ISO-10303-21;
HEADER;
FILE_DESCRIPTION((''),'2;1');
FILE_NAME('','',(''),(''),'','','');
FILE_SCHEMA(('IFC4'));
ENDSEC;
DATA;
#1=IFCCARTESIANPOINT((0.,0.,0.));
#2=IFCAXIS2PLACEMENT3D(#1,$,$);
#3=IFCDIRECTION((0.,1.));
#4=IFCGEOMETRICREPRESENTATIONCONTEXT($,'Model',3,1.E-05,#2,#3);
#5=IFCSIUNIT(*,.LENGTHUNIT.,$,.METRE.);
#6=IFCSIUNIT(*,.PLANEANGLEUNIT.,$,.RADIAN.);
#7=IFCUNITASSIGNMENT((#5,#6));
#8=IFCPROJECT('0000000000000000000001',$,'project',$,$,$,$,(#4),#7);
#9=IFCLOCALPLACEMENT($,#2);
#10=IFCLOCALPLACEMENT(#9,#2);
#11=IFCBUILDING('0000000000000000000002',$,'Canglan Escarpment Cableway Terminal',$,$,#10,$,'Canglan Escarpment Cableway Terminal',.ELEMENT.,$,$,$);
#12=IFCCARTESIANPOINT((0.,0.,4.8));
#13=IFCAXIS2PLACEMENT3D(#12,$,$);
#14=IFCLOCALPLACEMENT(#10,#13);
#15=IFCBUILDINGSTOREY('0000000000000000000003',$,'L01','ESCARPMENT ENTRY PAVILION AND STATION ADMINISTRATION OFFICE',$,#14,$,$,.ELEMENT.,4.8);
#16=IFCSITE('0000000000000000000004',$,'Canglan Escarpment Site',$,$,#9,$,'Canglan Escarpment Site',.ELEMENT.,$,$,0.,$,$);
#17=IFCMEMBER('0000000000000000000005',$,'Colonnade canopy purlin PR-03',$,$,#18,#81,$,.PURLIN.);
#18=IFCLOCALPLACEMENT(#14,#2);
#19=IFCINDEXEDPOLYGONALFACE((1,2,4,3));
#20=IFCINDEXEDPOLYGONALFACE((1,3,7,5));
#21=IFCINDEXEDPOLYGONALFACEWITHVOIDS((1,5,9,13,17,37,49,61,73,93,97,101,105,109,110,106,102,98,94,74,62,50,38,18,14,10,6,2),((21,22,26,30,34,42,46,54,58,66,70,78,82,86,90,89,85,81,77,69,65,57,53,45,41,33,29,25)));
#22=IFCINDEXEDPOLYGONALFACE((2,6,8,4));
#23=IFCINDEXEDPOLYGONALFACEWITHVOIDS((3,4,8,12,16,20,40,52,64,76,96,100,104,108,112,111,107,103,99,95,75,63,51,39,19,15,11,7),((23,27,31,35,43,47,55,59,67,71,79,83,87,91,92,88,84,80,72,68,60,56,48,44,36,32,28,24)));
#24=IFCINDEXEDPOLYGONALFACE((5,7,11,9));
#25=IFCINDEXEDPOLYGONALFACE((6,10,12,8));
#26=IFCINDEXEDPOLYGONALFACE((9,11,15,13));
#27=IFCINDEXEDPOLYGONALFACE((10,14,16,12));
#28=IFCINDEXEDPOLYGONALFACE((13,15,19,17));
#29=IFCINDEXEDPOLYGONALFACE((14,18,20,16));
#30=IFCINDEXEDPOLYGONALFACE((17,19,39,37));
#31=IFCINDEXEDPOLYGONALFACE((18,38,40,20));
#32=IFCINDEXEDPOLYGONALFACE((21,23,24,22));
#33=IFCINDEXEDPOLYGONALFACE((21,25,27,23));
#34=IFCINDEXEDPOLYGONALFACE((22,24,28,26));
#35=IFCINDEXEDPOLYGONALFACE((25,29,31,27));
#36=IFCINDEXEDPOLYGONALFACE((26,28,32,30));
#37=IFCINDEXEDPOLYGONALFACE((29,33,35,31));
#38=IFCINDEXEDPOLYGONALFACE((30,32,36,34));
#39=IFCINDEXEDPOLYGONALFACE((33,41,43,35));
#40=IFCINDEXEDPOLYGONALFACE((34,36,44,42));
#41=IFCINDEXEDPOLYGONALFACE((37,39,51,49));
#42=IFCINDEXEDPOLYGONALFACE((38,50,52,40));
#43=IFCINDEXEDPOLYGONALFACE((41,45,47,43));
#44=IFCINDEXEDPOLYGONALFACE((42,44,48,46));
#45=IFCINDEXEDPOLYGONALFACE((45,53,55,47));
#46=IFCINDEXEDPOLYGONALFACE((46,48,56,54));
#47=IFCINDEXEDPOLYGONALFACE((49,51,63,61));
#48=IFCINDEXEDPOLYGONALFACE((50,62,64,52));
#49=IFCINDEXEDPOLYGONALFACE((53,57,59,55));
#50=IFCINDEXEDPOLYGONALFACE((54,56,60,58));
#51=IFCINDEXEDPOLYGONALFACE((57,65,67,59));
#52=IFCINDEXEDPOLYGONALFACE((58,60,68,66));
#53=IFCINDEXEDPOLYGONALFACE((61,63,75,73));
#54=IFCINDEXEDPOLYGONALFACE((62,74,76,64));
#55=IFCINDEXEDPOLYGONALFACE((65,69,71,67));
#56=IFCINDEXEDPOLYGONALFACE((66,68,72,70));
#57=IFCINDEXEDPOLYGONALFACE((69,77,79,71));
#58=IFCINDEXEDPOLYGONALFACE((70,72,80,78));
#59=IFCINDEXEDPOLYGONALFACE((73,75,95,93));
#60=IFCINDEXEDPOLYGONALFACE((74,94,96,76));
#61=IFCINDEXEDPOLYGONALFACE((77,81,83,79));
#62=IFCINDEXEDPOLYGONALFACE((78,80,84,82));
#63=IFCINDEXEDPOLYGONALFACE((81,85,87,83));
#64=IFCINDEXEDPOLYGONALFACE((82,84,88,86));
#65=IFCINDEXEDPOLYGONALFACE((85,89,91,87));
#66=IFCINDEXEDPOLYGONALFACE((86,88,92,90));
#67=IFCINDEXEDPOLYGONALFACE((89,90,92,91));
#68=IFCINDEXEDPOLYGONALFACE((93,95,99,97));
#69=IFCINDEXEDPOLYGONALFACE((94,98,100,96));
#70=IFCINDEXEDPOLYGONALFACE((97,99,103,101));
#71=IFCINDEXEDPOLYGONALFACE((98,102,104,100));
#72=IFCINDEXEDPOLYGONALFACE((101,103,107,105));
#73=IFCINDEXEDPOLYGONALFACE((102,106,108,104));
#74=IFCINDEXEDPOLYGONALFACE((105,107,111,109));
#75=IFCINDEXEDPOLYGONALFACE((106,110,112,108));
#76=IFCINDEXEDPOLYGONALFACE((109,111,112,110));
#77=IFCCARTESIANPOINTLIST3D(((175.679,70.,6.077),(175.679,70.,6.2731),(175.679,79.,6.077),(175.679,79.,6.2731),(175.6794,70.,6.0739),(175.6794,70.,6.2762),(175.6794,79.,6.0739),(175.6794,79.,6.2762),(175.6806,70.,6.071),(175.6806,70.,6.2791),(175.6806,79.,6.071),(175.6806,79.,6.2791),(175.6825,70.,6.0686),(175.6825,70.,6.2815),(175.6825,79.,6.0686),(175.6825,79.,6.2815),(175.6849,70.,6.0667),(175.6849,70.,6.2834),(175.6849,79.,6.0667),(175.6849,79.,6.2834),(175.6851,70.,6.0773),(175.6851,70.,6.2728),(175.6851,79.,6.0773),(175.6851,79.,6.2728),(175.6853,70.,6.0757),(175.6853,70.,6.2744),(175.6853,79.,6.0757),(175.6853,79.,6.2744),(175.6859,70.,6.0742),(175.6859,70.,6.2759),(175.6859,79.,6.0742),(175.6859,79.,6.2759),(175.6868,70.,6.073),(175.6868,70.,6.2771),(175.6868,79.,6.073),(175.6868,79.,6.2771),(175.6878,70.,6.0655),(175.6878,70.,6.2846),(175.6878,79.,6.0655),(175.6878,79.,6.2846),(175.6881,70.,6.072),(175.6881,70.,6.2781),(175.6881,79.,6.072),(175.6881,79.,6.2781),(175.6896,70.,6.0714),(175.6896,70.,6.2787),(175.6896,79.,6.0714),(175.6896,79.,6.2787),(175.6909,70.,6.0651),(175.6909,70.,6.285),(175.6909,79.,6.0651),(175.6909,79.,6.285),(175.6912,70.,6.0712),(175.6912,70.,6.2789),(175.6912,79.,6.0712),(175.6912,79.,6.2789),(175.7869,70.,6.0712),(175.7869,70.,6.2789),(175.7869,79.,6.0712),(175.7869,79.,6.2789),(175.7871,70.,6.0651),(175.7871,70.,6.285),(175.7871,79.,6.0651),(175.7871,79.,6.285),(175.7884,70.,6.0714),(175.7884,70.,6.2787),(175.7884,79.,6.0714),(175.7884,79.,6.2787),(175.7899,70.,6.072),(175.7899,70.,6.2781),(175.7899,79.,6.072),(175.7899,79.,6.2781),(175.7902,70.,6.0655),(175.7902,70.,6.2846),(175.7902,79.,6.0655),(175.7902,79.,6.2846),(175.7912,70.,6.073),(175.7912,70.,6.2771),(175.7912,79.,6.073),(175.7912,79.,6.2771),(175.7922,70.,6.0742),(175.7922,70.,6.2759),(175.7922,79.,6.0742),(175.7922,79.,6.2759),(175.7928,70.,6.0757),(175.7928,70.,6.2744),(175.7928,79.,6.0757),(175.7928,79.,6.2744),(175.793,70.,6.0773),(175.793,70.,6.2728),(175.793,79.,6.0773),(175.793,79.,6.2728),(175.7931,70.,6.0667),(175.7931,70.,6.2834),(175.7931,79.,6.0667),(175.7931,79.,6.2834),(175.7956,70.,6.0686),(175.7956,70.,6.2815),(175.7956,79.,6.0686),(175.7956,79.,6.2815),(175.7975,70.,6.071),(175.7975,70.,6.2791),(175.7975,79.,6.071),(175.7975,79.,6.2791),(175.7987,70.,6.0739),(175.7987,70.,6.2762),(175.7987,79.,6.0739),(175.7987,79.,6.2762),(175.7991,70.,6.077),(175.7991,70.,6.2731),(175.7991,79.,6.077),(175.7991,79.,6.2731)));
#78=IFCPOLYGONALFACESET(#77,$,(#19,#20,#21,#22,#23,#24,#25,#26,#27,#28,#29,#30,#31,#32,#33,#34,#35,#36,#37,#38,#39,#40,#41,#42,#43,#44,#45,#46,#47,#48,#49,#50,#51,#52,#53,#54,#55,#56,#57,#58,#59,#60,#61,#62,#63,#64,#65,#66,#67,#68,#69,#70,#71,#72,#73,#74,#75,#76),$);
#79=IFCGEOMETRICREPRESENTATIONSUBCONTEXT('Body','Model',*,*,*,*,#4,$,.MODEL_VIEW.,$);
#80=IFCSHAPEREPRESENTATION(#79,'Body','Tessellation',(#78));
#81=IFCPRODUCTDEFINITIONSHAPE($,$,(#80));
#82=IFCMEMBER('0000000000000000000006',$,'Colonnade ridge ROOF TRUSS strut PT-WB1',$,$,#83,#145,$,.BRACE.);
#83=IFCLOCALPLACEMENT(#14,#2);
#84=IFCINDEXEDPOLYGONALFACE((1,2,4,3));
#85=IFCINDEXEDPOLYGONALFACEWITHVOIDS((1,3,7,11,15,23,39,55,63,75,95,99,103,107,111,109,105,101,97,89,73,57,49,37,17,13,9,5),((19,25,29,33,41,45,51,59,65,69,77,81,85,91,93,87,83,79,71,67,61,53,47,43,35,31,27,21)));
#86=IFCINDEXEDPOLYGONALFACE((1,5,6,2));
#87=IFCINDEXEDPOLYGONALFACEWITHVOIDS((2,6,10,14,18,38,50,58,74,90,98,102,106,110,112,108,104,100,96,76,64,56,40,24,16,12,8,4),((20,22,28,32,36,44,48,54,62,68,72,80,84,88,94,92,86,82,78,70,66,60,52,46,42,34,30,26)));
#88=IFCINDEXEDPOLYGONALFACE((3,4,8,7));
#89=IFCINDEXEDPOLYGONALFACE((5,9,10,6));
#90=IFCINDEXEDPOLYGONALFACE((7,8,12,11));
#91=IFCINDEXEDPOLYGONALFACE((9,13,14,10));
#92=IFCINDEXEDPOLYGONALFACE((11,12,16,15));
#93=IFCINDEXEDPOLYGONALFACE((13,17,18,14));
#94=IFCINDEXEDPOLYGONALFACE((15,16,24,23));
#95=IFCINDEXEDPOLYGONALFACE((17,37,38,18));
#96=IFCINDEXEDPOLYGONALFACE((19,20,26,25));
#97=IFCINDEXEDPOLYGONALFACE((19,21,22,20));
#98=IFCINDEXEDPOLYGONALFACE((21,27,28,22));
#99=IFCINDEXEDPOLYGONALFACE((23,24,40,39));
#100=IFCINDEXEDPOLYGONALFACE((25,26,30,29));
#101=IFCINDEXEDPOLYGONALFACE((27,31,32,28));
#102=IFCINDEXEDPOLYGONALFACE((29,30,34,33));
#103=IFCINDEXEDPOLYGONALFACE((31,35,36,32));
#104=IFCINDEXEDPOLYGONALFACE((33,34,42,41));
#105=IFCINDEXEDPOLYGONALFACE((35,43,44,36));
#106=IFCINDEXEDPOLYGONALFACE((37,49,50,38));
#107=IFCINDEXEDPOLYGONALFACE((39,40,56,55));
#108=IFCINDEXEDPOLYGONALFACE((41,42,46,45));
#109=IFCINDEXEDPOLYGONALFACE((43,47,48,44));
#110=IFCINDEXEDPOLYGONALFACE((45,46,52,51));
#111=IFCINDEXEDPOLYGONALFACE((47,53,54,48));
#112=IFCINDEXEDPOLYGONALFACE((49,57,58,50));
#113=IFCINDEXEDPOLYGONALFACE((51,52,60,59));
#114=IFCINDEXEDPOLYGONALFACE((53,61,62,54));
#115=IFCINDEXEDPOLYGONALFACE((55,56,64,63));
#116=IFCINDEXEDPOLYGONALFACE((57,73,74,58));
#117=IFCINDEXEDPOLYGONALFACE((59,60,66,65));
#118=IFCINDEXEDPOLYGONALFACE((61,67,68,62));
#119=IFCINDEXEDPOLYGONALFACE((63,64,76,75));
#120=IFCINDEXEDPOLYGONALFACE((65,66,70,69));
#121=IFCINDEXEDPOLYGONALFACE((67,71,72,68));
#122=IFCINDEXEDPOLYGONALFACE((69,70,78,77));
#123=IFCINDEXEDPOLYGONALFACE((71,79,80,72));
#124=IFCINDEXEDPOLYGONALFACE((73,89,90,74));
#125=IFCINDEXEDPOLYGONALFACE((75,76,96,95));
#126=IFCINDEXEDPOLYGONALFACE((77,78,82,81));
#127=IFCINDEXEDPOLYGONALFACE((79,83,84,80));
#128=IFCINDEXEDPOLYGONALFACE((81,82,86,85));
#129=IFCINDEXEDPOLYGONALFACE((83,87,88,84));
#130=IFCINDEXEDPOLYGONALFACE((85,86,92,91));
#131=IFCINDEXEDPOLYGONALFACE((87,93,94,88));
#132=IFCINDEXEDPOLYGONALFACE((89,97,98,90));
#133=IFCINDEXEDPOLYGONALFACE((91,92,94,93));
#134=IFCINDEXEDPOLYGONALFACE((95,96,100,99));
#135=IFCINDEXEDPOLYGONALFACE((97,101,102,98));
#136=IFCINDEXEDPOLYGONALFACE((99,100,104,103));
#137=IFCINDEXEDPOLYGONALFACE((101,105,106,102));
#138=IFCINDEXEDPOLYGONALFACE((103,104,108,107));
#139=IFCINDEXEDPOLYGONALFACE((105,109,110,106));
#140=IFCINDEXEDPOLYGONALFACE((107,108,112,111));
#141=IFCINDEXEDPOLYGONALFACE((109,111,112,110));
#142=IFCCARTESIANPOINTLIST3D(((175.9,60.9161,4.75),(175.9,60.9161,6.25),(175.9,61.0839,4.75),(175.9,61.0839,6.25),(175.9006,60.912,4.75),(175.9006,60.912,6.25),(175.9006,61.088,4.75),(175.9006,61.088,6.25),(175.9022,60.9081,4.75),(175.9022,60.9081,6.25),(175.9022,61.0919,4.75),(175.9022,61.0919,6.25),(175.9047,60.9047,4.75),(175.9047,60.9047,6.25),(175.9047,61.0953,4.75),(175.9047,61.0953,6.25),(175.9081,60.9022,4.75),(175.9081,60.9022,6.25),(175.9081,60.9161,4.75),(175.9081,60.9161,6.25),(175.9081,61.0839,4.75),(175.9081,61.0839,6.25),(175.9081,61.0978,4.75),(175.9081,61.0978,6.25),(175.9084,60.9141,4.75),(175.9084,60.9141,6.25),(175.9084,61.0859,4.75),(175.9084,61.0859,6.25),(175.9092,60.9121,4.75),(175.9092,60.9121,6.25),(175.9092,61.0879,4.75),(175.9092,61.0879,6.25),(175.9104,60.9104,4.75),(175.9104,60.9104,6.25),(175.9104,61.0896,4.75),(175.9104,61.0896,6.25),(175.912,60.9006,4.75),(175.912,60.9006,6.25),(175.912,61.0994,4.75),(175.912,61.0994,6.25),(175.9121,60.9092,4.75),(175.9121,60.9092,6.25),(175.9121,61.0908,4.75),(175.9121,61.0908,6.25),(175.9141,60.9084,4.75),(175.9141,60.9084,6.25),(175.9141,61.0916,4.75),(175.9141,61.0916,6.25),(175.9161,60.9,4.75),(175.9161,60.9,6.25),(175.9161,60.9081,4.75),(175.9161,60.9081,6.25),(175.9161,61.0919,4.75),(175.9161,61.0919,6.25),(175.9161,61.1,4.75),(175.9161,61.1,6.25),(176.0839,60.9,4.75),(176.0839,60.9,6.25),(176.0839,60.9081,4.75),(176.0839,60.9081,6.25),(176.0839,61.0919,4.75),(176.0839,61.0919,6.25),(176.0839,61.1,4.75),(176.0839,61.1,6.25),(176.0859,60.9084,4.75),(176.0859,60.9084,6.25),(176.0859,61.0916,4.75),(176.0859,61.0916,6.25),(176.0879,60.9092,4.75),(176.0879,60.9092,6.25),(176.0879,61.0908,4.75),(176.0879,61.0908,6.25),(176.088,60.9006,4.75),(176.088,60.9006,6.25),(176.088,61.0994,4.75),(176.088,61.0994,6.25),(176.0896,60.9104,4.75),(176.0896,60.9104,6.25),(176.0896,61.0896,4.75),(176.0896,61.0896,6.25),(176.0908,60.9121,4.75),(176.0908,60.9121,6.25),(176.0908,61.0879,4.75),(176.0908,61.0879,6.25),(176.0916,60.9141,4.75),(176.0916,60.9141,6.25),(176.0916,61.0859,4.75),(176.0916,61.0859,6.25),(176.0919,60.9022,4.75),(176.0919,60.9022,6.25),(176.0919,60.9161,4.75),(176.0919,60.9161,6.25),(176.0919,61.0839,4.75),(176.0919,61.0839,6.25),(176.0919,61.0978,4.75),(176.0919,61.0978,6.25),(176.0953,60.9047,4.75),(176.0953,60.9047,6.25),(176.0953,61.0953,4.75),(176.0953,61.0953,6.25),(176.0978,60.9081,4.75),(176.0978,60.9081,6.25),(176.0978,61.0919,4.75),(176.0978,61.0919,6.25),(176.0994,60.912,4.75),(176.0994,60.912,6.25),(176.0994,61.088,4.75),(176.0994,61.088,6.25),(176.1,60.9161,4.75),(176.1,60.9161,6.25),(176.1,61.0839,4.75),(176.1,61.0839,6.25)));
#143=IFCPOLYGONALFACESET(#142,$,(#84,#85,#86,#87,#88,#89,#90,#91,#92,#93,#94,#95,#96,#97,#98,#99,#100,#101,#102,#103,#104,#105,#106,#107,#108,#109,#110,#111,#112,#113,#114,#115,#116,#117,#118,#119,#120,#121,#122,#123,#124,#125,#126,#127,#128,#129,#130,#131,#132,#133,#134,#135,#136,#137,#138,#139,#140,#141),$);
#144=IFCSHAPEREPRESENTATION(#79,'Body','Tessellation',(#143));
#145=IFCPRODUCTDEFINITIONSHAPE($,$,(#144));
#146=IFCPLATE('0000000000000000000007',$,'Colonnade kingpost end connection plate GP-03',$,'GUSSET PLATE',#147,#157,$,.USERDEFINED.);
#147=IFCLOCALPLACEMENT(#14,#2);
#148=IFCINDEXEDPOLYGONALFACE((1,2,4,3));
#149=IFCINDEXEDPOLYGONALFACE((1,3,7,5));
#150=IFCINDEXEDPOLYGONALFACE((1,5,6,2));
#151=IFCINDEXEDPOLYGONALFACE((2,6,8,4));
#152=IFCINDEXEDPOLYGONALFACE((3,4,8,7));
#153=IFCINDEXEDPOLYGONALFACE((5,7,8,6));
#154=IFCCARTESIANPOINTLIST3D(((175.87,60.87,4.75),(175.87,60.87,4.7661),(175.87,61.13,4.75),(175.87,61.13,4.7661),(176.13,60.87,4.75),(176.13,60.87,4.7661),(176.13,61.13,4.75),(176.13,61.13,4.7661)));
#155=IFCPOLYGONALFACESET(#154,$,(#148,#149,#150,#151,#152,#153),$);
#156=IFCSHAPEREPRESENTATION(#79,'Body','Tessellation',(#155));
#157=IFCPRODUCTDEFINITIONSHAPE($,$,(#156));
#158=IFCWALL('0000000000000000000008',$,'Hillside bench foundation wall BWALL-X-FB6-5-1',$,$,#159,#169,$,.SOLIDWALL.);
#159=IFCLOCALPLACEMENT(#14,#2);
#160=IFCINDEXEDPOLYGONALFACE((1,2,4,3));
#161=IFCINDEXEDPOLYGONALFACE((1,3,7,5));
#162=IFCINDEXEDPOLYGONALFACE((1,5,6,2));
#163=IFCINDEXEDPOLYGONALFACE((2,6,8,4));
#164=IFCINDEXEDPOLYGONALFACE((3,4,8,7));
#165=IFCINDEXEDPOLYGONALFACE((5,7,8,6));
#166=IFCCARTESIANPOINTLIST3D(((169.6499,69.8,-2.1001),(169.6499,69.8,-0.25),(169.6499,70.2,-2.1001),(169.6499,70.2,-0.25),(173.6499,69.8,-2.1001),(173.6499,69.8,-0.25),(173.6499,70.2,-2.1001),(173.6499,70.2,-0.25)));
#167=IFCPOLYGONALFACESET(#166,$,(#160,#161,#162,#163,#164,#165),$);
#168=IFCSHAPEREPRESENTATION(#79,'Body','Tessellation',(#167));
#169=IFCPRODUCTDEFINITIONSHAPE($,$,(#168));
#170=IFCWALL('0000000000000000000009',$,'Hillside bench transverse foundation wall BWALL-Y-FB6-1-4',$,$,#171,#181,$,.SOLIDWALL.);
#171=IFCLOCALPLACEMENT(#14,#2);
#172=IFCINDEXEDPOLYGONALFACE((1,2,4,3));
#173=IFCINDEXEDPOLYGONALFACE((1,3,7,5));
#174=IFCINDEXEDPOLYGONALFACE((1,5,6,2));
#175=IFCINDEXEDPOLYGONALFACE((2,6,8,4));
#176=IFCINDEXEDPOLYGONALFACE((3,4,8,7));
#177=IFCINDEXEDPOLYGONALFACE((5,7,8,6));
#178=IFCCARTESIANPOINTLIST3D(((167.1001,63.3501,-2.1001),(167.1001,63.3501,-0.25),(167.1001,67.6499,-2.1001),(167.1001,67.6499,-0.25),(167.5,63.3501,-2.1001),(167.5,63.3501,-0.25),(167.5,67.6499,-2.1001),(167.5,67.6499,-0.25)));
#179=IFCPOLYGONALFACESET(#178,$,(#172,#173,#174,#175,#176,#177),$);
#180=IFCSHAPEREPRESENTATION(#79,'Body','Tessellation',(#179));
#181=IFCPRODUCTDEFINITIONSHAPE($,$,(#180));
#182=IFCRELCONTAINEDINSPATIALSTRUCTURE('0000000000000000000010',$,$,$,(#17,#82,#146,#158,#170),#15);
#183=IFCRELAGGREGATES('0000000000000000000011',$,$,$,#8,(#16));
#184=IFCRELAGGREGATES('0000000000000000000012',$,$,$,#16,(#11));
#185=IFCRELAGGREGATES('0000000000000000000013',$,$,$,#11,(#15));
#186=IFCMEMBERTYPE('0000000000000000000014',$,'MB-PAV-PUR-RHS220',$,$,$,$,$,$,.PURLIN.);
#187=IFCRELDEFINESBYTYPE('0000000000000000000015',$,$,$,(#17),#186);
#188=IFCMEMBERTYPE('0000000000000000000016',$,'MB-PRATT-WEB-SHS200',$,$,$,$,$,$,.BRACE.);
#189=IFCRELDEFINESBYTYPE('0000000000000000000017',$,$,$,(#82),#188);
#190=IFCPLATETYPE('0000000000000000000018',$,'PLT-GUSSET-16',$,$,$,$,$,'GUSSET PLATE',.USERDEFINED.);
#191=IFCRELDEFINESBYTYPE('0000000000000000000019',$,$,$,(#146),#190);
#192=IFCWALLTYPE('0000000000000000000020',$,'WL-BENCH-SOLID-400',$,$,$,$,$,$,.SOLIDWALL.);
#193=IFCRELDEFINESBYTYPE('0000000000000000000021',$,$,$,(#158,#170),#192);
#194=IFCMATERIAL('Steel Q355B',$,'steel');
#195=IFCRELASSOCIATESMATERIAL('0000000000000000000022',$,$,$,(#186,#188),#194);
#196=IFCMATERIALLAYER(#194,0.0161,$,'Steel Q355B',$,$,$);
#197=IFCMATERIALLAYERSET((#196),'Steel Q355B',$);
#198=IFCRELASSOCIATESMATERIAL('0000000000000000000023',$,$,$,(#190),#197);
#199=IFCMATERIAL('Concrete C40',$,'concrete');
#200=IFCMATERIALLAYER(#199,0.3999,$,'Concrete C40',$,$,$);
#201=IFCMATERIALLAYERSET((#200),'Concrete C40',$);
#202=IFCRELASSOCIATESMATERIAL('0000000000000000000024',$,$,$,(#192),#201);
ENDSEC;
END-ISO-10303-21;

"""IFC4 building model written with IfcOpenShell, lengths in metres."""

from ifc_helpers import new_model, si_unit, direction, frame, frame_2d, origin, origin_2d, place, context, subcontext, project, spatial, rectangle, hollow_rectangle, extrude, material, layer, layer_set, material_profile, profile_set, type_object, element, save


model = new_model("IFC4")

# Units and contexts
model_context = context("Model", 3, precision=1e-05, world=origin(), true_north=direction((0.0, 1.0)))
body_context = subcontext(model_context, "Body", "Model", "MODEL_VIEW")
ifc_project = project(units=[si_unit("LENGTHUNIT", "METRE"), si_unit("PLANEANGLEUNIT", "RADIAN")], contexts=[model_context])

# Site, building, storey
site_placement = place(None, origin())
site = spatial("IfcSite", under=ifc_project, at=site_placement, Name="Canglan Escarpment Site", LongName="Canglan Escarpment Site", CompositionType="ELEMENT", RefElevation=0.0)
building_placement = place(site_placement, origin())
building = spatial("IfcBuilding", under=site, at=building_placement, Name="Canglan Escarpment Cableway Terminal", LongName="Canglan Escarpment Cableway Terminal", CompositionType="ELEMENT")
storey_placement = place(building_placement, frame((0.0, 0.0, 4.8)))
storey = spatial("IfcBuildingStorey", under=building, at=storey_placement, Name="L01", Description="ESCARPMENT ENTRY PAVILION AND STATION ADMINISTRATION OFFICE", CompositionType="ELEMENT", Elevation=4.8)

# Shared definitions
ifc_material_1 = material(Name="Concrete C40", Category="concrete")

# Shared definitions
ifc_material_2 = material(Name="Steel Q355B", Category="steel")

# Members
ifc_material_profile_1 = material_profile(ifc_material_2, hollow_rectangle(XDim=0.1201, YDim=0.22, WallThickness=0.0061, InnerFilletRadius=0.0061, OuterFilletRadius=0.012, at=origin_2d()), Name="RHS 220x120x6")
ifc_profile_set_1 = profile_set([ifc_material_profile_1], Name="Steel Q355B")
member_type_1 = type_object("IfcMemberType", Name="MB-PAV-PUR-RHS220", PredefinedType="PURLIN", material=ifc_profile_set_1)
for number, where, z_axis, x_axis, name in (
    (1, (175.739, 70.0, 6.175), (0.0, 1.0, 0.0), (-1.0, 0.0, 0.0), "Colonnade canopy purlin PR-03"),
):
    element("IfcMember", number, at=place(storey_placement, frame(where, z_axis=z_axis, x_axis=x_axis)), inside=storey, type_object=member_type_1, Name=name, PredefinedType="PURLIN", context=body_context, shape_type="SweptSolid", body=[
        extrude(hollow_rectangle(XDim=0.1201, YDim=0.22, WallThickness=0.0061, InnerFilletRadius=0.0061, OuterFilletRadius=0.012, at=origin_2d()), origin(), (0.0, 0.0, 1.0), 9.0),
    ])
ifc_material_profile_2 = material_profile(ifc_material_2, hollow_rectangle(XDim=0.2, YDim=0.2, WallThickness=0.0081, InnerFilletRadius=0.0081, OuterFilletRadius=0.0161, at=origin_2d()), Name="SHS 200x200x8")
ifc_profile_set_2 = profile_set([ifc_material_profile_2], Name="Steel Q355B")
member_type_2 = type_object("IfcMemberType", Name="MB-PRATT-WEB-SHS200", PredefinedType="BRACE", material=ifc_profile_set_2)
member_1_placement = place(storey_placement, frame((176.0, 61.0, 4.75), z_axis=(0.0, 0.0, 1.0), x_axis=(1.0, 0.0, 0.0)))
element("IfcMember", 2, at=member_1_placement, inside=storey, type_object=member_type_2, Name="Colonnade ridge ROOF TRUSS strut PT-WB1", PredefinedType="BRACE", context=body_context, shape_type="SweptSolid", body=[
    extrude(hollow_rectangle(XDim=0.2, YDim=0.2, WallThickness=0.0081, InnerFilletRadius=0.0081, OuterFilletRadius=0.0161, at=origin_2d()), origin(), (0.0, 0.0, 1.0), 1.5),
])

# Plate
ifc_layer_1 = layer(ifc_material_2, 0.0161, Name="Steel Q355B")
ifc_layer_set_1 = layer_set([ifc_layer_1], Name="Steel Q355B")
plate_type = type_object("IfcPlateType", Name="PLT-GUSSET-16", ElementType="GUSSET PLATE", PredefinedType="USERDEFINED", material=ifc_layer_set_1)
plate_placement = place(storey_placement, frame((176.0, 61.0, 4.75), z_axis=(0.0, 0.0, 1.0), x_axis=(1.0, 0.0, 0.0)))
element("IfcPlate", 3, at=plate_placement, inside=storey, type_object=plate_type, Name="Colonnade kingpost end connection plate GP-03", ObjectType="GUSSET PLATE", PredefinedType="USERDEFINED", context=body_context, shape_type="SweptSolid", body=[
    extrude(rectangle(XDim=0.26, YDim=0.26, at=origin_2d()), origin(), (0.0, 0.0, 1.0), 0.0161),
])

# Walls
ifc_layer_2 = layer(ifc_material_1, 0.3999, Name="Concrete C40")
ifc_layer_set_2 = layer_set([ifc_layer_2], Name="Concrete C40")
wall_type = type_object("IfcWallType", Name="WL-BENCH-SOLID-400", PredefinedType="SOLIDWALL", material=ifc_layer_set_2)
wall_1_placement = place(storey_placement, frame((169.6499, 70.0, -2.1001), z_axis=(0.0, 0.0, 1.0), x_axis=(1.0, 0.0, 0.0)))
element("IfcWall", 4, at=wall_1_placement, inside=storey, type_object=wall_type, Name="Hillside bench foundation wall BWALL-X-FB6-5-1", PredefinedType="SOLIDWALL", context=body_context, shape_type="SweptSolid", body=[
    extrude(rectangle(XDim=4.0, YDim=0.3999, at=frame_2d((2.0, 0.0))), origin(), (0.0, 0.0, 1.0), 1.8501),
])
wall_2_placement = place(storey_placement, frame((167.3, 63.3501, -2.1001), z_axis=(0.0, 0.0, 1.0), x_axis=(0.0, 1.0, 0.0)))
element("IfcWall", 5, at=wall_2_placement, inside=storey, type_object=wall_type, Name="Hillside bench transverse foundation wall BWALL-Y-FB6-1-4", PredefinedType="SOLIDWALL", context=body_context, shape_type="SweptSolid", body=[
    extrude(rectangle(XDim=4.2998, YDim=0.3999, at=frame_2d((2.1499, 0.0))), origin(), (0.0, 0.0, 1.0), 1.8501),
])

save(model, "model.ifc")
